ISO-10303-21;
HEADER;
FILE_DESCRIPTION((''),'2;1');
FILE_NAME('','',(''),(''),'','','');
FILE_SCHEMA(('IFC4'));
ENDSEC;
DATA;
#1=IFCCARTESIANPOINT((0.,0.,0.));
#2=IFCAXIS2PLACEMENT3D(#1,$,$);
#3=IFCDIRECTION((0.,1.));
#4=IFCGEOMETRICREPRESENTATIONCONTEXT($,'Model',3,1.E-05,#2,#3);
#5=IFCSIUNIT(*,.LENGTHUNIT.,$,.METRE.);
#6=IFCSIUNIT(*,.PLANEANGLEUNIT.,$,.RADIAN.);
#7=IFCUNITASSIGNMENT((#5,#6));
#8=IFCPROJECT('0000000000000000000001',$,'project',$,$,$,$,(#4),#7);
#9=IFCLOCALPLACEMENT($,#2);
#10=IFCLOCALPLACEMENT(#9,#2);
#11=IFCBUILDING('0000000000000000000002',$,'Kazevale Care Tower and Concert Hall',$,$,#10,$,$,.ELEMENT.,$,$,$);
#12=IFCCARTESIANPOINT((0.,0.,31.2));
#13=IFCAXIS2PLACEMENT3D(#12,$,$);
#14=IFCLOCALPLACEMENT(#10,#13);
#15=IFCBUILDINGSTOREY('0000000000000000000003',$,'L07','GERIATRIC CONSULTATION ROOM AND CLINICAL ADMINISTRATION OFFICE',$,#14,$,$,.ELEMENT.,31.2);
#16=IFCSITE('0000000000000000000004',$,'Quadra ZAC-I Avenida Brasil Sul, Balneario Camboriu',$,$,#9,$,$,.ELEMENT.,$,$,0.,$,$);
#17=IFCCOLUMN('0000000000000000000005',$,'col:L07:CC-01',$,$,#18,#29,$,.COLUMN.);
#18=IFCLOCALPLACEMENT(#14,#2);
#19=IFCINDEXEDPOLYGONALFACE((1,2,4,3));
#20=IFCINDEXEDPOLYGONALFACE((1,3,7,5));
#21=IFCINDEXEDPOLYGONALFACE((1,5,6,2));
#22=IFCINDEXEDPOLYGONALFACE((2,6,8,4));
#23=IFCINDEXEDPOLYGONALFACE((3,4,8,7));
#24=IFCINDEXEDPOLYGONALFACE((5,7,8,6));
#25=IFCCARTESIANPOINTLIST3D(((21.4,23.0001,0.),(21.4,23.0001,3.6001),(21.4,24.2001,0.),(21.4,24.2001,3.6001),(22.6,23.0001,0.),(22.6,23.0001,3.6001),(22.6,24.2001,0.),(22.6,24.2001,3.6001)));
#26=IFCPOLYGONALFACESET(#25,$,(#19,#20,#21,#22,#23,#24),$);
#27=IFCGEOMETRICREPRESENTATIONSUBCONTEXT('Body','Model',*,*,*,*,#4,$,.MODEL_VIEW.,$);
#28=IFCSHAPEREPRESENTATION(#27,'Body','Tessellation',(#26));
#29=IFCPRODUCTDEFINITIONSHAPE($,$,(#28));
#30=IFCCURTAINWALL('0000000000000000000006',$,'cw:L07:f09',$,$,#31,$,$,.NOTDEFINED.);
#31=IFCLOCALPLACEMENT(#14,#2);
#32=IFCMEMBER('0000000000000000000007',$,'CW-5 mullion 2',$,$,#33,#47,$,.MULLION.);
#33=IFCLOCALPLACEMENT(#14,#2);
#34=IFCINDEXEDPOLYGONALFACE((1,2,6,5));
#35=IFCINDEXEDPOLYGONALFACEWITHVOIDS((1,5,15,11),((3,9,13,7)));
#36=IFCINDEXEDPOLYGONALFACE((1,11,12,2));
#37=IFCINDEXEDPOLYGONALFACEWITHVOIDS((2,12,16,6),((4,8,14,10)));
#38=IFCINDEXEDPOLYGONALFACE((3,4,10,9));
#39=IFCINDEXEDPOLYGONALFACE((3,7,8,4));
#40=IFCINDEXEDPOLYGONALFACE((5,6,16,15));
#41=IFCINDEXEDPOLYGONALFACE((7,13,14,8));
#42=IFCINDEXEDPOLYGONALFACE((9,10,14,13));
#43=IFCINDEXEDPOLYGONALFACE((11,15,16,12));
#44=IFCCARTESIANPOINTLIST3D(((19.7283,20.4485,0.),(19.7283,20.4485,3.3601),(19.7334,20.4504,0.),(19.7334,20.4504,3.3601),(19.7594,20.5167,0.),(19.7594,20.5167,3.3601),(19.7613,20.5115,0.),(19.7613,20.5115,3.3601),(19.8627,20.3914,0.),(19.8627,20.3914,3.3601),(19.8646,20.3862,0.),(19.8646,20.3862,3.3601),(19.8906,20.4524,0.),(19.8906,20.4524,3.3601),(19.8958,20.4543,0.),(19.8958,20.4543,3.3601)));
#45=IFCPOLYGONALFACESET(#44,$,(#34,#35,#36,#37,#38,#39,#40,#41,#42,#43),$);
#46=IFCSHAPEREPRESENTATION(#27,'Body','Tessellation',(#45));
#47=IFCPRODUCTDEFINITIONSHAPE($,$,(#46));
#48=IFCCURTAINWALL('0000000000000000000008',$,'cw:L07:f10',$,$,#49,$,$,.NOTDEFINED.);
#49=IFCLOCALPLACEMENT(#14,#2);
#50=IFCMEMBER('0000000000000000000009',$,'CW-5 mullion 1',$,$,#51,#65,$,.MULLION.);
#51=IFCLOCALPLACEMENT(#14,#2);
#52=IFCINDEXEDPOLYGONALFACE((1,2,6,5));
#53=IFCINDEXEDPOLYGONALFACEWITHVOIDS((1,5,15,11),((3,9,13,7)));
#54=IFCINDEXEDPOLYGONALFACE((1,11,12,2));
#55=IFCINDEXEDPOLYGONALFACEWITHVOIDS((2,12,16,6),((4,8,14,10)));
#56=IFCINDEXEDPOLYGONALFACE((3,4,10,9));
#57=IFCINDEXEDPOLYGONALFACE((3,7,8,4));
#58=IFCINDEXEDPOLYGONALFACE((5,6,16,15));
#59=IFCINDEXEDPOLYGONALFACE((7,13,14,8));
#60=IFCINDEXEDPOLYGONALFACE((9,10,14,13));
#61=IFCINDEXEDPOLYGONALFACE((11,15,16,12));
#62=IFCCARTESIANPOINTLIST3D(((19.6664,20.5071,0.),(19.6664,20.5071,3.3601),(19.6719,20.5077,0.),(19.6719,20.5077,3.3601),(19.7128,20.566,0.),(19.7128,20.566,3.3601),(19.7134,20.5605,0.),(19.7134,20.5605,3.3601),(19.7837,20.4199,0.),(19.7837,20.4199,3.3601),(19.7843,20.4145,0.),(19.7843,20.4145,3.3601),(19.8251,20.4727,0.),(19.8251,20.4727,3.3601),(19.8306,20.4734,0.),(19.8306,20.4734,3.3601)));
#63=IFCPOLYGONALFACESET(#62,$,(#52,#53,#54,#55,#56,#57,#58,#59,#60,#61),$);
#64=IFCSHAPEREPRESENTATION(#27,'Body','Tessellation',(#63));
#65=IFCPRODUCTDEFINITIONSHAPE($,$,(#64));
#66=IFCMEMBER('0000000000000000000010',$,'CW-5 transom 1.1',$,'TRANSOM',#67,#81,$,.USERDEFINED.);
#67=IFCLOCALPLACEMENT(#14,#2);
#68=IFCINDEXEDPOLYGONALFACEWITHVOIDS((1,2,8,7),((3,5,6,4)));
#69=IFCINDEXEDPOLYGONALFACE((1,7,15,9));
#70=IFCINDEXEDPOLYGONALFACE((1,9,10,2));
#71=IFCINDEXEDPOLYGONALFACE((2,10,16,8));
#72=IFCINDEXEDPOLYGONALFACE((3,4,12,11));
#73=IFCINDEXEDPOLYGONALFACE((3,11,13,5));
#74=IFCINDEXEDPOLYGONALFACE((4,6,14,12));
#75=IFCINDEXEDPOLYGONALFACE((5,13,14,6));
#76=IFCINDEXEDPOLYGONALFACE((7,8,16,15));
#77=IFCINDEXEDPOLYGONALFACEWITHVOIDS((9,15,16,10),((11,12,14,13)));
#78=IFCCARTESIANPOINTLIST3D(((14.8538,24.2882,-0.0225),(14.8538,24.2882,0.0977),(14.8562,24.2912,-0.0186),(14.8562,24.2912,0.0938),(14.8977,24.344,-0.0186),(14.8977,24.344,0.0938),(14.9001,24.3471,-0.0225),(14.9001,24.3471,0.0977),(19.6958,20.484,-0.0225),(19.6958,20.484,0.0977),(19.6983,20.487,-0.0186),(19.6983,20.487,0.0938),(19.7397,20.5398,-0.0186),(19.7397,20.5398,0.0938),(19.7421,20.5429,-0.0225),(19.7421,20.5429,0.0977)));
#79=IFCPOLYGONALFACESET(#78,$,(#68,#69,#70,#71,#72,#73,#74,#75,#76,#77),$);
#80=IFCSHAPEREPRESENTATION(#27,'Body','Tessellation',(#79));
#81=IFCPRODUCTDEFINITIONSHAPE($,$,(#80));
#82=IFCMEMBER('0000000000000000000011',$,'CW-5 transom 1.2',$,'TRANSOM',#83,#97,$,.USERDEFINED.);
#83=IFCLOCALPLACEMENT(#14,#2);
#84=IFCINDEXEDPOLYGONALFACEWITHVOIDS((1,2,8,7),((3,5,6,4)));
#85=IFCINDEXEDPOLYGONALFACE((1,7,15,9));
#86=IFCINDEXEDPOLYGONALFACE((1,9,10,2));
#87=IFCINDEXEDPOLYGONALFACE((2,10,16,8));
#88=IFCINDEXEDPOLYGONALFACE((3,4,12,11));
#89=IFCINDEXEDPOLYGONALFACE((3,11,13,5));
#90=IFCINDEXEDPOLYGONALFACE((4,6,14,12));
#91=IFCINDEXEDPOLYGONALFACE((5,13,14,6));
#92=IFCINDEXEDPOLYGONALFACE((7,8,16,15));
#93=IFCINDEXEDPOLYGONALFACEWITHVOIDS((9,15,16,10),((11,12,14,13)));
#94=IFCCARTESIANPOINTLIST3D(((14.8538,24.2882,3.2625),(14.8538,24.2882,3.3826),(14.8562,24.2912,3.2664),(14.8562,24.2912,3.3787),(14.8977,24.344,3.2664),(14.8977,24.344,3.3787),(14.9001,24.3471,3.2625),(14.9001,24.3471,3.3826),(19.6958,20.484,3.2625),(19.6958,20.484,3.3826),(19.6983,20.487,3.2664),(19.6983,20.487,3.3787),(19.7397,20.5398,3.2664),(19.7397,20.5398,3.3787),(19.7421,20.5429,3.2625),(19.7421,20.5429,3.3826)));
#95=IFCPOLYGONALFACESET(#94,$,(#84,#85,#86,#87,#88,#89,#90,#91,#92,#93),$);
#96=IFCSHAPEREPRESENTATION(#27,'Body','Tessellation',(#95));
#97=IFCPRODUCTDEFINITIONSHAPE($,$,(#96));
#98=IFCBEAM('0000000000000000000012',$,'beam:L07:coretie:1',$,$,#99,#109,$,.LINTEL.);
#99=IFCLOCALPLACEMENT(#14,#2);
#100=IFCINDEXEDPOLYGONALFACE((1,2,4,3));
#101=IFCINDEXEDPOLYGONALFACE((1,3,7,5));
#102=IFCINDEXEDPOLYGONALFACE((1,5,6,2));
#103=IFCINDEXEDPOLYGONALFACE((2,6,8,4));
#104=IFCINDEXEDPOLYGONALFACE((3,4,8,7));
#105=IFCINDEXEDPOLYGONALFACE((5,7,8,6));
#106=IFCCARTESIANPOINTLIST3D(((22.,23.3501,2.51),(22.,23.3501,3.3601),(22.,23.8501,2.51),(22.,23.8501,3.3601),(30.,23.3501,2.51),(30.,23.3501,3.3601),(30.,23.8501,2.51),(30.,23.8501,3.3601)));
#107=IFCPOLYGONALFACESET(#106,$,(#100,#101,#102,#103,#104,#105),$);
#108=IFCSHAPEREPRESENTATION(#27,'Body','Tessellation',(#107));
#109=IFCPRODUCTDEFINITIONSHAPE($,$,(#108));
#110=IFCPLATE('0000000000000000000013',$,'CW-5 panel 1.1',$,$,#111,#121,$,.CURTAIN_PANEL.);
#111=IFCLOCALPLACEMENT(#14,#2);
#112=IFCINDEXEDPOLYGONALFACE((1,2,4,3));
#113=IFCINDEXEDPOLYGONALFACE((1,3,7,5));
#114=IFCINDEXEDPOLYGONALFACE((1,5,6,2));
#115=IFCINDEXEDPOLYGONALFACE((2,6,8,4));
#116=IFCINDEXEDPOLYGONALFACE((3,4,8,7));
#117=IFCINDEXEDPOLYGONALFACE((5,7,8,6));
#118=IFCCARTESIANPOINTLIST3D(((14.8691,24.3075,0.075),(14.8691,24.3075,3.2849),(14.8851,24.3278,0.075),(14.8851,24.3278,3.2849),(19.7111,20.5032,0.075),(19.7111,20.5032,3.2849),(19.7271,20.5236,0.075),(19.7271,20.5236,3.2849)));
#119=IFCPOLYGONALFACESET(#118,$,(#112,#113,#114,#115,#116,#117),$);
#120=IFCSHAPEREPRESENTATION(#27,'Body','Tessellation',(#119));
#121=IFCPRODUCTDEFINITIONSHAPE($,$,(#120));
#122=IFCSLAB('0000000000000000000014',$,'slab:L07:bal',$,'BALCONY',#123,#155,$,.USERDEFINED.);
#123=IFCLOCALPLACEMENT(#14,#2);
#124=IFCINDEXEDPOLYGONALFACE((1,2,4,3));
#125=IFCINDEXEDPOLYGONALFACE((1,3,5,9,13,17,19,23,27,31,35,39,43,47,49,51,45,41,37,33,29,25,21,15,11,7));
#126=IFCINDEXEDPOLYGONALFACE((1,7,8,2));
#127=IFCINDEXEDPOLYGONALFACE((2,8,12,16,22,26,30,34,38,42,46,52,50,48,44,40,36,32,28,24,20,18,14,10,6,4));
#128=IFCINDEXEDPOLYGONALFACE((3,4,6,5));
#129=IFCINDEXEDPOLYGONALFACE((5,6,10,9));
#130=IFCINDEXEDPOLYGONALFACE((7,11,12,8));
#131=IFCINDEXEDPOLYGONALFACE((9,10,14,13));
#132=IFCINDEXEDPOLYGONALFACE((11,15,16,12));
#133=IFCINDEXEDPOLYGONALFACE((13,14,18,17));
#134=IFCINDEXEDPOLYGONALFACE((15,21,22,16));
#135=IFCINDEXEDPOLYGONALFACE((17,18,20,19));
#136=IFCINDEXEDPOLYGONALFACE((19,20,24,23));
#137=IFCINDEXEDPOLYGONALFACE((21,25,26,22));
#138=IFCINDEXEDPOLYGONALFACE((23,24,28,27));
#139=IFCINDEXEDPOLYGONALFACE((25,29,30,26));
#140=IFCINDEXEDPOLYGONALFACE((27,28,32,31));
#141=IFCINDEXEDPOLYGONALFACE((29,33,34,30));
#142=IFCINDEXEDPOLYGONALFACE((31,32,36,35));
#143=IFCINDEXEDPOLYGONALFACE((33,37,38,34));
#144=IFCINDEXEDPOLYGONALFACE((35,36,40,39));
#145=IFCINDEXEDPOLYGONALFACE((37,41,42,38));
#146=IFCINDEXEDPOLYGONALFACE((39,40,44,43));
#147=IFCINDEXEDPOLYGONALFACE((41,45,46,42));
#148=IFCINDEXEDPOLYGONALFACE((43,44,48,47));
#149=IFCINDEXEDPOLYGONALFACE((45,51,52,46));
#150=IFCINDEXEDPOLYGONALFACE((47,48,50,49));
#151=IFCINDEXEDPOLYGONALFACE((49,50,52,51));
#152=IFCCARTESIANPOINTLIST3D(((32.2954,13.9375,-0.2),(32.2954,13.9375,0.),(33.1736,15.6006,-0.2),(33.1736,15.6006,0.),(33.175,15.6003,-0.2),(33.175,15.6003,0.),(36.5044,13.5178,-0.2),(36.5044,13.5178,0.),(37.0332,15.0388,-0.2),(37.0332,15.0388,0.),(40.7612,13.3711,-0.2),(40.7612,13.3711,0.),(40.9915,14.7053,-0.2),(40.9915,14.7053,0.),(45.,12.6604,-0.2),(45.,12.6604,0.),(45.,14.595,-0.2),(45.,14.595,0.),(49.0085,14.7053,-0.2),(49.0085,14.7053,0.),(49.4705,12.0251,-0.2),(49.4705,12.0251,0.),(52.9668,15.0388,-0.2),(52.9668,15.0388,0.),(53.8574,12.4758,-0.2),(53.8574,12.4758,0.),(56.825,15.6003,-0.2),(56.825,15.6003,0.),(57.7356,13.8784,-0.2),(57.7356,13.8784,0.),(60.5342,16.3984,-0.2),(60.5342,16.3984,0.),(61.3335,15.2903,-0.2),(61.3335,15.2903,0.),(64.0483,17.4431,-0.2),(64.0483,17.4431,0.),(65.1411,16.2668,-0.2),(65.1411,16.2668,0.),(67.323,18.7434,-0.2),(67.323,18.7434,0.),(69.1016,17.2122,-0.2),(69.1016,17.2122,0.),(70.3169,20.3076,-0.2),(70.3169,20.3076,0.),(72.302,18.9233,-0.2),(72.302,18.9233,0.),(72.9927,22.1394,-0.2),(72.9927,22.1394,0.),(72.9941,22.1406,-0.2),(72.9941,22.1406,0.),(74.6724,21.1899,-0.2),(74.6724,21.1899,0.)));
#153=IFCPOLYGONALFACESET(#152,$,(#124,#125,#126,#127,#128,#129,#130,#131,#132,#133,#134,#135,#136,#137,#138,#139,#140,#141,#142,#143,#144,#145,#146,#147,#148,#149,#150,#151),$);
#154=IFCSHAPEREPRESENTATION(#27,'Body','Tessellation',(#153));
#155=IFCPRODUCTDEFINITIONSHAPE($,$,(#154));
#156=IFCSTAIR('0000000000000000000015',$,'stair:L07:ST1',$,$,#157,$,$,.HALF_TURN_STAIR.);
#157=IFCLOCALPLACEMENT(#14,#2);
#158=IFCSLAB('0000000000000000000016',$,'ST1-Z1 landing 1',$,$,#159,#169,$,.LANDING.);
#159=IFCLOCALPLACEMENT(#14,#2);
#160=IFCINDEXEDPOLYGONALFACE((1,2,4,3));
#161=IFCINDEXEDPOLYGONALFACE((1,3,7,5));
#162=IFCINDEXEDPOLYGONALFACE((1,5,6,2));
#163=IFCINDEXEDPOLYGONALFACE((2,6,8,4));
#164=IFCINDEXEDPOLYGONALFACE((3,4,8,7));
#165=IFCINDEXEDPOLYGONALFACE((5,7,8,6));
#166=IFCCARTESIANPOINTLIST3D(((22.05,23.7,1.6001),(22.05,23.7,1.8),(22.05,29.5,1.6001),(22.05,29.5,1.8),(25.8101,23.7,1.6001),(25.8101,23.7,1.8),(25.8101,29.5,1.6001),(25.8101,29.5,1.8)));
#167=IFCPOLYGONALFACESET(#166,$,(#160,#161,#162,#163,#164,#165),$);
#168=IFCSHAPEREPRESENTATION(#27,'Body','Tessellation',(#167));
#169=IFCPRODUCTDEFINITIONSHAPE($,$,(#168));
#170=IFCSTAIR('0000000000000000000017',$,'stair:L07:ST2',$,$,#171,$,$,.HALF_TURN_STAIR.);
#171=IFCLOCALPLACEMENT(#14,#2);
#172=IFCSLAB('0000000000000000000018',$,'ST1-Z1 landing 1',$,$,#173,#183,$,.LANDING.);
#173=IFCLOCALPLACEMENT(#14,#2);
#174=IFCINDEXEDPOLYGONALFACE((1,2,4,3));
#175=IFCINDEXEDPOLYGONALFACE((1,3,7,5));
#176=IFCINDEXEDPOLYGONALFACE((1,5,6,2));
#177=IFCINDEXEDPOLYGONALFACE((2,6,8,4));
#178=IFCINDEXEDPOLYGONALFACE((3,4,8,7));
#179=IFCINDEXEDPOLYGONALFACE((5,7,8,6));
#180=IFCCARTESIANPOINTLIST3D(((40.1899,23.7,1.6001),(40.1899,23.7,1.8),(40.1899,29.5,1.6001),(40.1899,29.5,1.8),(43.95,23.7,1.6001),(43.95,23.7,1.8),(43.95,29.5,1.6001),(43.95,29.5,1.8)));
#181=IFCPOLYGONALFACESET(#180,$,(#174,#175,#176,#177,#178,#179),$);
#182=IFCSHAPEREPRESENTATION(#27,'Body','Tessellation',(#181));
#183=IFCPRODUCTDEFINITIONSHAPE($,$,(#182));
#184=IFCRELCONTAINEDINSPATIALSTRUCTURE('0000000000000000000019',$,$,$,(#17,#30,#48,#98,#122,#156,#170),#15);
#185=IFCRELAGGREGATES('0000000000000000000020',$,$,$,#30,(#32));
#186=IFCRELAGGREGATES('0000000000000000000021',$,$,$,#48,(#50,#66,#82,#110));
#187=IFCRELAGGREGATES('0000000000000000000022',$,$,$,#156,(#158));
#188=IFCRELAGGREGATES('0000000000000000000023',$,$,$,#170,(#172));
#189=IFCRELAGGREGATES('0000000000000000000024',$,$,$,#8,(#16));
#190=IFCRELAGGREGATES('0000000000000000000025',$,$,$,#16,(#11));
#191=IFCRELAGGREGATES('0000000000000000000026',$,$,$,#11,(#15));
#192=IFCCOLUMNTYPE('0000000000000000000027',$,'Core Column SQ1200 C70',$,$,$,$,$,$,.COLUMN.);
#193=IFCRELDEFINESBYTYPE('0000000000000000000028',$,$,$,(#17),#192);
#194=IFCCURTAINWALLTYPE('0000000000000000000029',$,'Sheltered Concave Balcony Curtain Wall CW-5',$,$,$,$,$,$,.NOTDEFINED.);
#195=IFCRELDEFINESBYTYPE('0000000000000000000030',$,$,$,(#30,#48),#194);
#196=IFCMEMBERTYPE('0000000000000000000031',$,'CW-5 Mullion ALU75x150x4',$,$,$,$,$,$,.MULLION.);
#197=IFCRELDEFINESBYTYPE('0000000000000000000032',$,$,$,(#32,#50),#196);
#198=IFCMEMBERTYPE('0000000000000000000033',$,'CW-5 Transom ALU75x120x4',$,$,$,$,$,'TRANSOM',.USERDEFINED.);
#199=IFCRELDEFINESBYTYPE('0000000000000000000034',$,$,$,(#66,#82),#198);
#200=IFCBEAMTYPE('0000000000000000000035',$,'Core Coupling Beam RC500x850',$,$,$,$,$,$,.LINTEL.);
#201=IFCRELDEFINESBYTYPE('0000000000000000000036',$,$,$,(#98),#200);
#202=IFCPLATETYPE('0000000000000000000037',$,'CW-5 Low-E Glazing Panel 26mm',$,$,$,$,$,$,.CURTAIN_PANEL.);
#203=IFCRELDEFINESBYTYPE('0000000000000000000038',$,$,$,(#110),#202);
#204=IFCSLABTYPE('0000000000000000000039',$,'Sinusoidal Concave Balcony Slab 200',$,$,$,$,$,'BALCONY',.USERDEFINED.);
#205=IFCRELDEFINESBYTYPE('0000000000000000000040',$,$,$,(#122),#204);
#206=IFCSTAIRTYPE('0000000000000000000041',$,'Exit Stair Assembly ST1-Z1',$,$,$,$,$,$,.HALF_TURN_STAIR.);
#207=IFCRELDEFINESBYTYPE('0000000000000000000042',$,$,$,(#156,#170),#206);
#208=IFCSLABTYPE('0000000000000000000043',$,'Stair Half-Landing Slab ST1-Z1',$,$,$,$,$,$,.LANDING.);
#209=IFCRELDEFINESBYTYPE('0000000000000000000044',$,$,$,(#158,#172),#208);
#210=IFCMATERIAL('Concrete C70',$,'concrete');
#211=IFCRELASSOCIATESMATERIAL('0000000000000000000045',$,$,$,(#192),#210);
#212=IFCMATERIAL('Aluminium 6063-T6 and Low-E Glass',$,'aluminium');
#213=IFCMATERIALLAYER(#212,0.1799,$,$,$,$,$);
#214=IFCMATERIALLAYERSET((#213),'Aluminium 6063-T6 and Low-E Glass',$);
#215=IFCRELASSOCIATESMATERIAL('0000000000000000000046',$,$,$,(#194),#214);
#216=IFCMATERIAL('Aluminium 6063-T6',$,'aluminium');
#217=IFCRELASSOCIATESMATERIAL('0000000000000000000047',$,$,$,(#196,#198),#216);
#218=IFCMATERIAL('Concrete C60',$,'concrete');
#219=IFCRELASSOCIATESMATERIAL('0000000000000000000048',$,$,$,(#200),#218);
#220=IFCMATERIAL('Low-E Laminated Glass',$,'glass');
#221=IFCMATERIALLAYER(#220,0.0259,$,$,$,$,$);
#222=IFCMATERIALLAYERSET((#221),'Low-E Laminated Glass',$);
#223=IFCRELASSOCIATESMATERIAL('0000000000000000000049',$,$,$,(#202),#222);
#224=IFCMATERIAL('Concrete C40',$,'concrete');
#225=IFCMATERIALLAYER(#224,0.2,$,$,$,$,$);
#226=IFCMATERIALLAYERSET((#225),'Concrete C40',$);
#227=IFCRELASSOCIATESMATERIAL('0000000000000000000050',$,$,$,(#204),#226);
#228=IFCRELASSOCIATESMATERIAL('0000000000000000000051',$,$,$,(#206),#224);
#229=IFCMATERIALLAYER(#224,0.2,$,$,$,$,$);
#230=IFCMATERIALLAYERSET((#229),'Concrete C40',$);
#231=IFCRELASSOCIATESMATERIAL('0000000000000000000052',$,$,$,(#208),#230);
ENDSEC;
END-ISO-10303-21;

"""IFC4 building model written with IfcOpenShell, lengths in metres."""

from ifc_helpers import new_model, si_unit, direction, frame, origin, origin_2d, place, context, subcontext, project, spatial, polyline, rectangle, hollow_rectangle, outline, extrude, material, layer, layer_set, material_profile, profile_set, type_object, element, aggregate, save


model = new_model("IFC4")

# Units and contexts
model_context = context("Model", 3, precision=1e-05, world=origin(), true_north=direction((0.0, 1.0)))
body_context = subcontext(model_context, "Body", "Model", "MODEL_VIEW")
ifc_project = project(units=[si_unit("LENGTHUNIT", "METRE"), si_unit("PLANEANGLEUNIT", "RADIAN")], contexts=[model_context])

# Site, building, storey
site_placement = place(None, origin())
site = spatial("IfcSite", under=ifc_project, at=site_placement, Name="Quadra ZAC-I Avenida Brasil Sul, Balneario Camboriu", CompositionType="ELEMENT", RefElevation=0.0)
building_placement = place(site_placement, origin())
building = spatial("IfcBuilding", under=site, at=building_placement, Name="Kazevale Care Tower and Concert Hall", CompositionType="ELEMENT")
storey_placement = place(building_placement, frame((0.0, 0.0, 31.2)))
storey = spatial("IfcBuildingStorey", under=building, at=storey_placement, Name="L07", Description="GERIATRIC CONSULTATION ROOM AND CLINICAL ADMINISTRATION OFFICE", CompositionType="ELEMENT", Elevation=31.2)

# Column
ifc_material_1 = material(Name="Concrete C70", Category="concrete")
ifc_material_profile_1 = material_profile(ifc_material_1, rectangle(XDim=1.2, YDim=1.2, at=origin_2d()), Name="RC-SQ1200")
ifc_profile_set_1 = profile_set([ifc_material_profile_1], Name="Concrete C70")
column_type = type_object("IfcColumnType", Name="Core Column SQ1200 C70", PredefinedType="COLUMN", material=ifc_profile_set_1)
column_placement = place(storey_placement, frame((22.0, 23.6001, 0.0), z_axis=(0.0, 0.0, 1.0), x_axis=(1.0, 0.0, 0.0)))
element("IfcColumn", 1, at=column_placement, inside=storey, type_object=column_type, Name="col:L07:CC-01", PredefinedType="COLUMN", context=body_context, shape_type="SweptSolid", body=[
    extrude(rectangle(XDim=1.2, YDim=1.2, at=origin_2d()), origin(), (0.0, 0.0, 1.0), 3.6001),
])

# Curtain wall, member
ifc_material_2 = material(Name="Aluminium 6063-T6 and Low-E Glass", Category="aluminium")
ifc_layer_1 = layer(ifc_material_2, 0.1799)
ifc_layer_set_1 = layer_set([ifc_layer_1], Name="Aluminium 6063-T6 and Low-E Glass")
curtain_wall_type = type_object("IfcCurtainWallType", Name="Sheltered Concave Balcony Curtain Wall CW-5", PredefinedType="NOTDEFINED", material=ifc_layer_set_1)
curtain_wall_1_placement = place(storey_placement, origin())
curtain_wall_1 = element("IfcCurtainWall", 2, at=curtain_wall_1_placement, inside=storey, type_object=curtain_wall_type, Name="cw:L07:f09", PredefinedType="NOTDEFINED")
ifc_material_3 = material(Name="Aluminium 6063-T6", Category="aluminium")
ifc_material_profile_2 = material_profile(ifc_material_3, hollow_rectangle(XDim=0.075, YDim=0.1499, WallThickness=0.0039, at=origin_2d()), Name="ALU75x150x4")
ifc_profile_set_2 = profile_set([ifc_material_profile_2], Name="Aluminium 6063-T6")
member_type_1 = type_object("IfcMemberType", Name="CW-5 Mullion ALU75x150x4", PredefinedType="MULLION", material=ifc_profile_set_2)
member_1_placement = place(storey_placement, frame((19.812, 20.4514, 0.0), z_axis=(0.0, 0.0, 1.0), x_axis=(-0.41566, -0.90952, 0.0)))
member_1 = element("IfcMember", 3, at=member_1_placement, type_object=member_type_1, Name="CW-5 mullion 2", PredefinedType="MULLION", context=body_context, shape_type="SweptSolid", body=[
    extrude(hollow_rectangle(XDim=0.075, YDim=0.1499, WallThickness=0.0039, at=origin_2d()), origin(), (0.0, 0.0, 1.0), 3.3601),
])
aggregate(curtain_wall_1, [member_1])

# Curtain wall, members
curtain_wall_2_placement = place(storey_placement, origin())
curtain_wall_2 = element("IfcCurtainWall", 4, at=curtain_wall_2_placement, inside=storey, type_object=curtain_wall_type, Name="cw:L07:f10", PredefinedType="NOTDEFINED")
member_2_placement = place(storey_placement, frame((19.7485, 20.4902, 0.0), z_axis=(0.0, 0.0, 1.0), x_axis=(-0.617808, -0.786329, 0.0)))
member_2 = element("IfcMember", 5, at=member_2_placement, type_object=member_type_1, Name="CW-5 mullion 1", PredefinedType="MULLION", context=body_context, shape_type="SweptSolid", body=[
    extrude(hollow_rectangle(XDim=0.075, YDim=0.1499, WallThickness=0.0039, at=origin_2d()), origin(), (0.0, 0.0, 1.0), 3.3601),
])
ifc_material_profile_3 = material_profile(ifc_material_3, hollow_rectangle(XDim=0.075, YDim=0.1201, WallThickness=0.0039, at=origin_2d()), Name="ALU75x120x4")
ifc_profile_set_3 = profile_set([ifc_material_profile_3], Name="Aluminium 6063-T6")
member_type_2 = type_object("IfcMemberType", Name="CW-5 Transom ALU75x120x4", ElementType="TRANSOM", PredefinedType="USERDEFINED", material=ifc_profile_set_3)
member_3_placement = place(storey_placement, frame((19.719, 20.5134, 0.0376), z_axis=(-0.786339, 0.617795, 0.0), x_axis=(-0.617795, -0.786339, 0.0)))
member_3 = element("IfcMember", 6, at=member_3_placement, type_object=member_type_2, Name="CW-5 transom 1.1", ObjectType="TRANSOM", PredefinedType="USERDEFINED", context=body_context, shape_type="SweptSolid", body=[
    extrude(hollow_rectangle(XDim=0.075, YDim=0.1201, WallThickness=0.0039, at=origin_2d()), origin(), (0.0, 0.0, 1.0), 6.1577),
])
member_4_placement = place(storey_placement, frame((19.719, 20.5134, 3.3225), z_axis=(-0.786339, 0.617795, 0.0), x_axis=(-0.617795, -0.786339, 0.0)))
member_4 = element("IfcMember", 7, at=member_4_placement, type_object=member_type_2, Name="CW-5 transom 1.2", ObjectType="TRANSOM", PredefinedType="USERDEFINED", context=body_context, shape_type="SweptSolid", body=[
    extrude(hollow_rectangle(XDim=0.075, YDim=0.1201, WallThickness=0.0039, at=origin_2d()), origin(), (0.0, 0.0, 1.0), 6.1577),
])

# Beam
ifc_material_4 = material(Name="Concrete C60", Category="concrete")
ifc_material_profile_4 = material_profile(ifc_material_4, rectangle(XDim=0.5, YDim=0.8501, at=origin_2d()), Name="RC-B500x850")
ifc_profile_set_4 = profile_set([ifc_material_profile_4], Name="Concrete C60")
beam_type = type_object("IfcBeamType", Name="Core Coupling Beam RC500x850", PredefinedType="LINTEL", material=ifc_profile_set_4)
beam_placement = place(storey_placement, frame((22.0, 23.6001, 2.9351), z_axis=(1.0, 0.0, 0.0), x_axis=(0.0, 1.0, 0.0)))
element("IfcBeam", 8, at=beam_placement, inside=storey, type_object=beam_type, Name="beam:L07:coretie:1", PredefinedType="LINTEL", context=body_context, shape_type="SweptSolid", body=[
    extrude(rectangle(XDim=0.5, YDim=0.8501, at=origin_2d()), origin(), (0.0, 0.0, 1.0), 8.0),
])

# Plate
ifc_material_5 = material(Name="Low-E Laminated Glass", Category="glass")
ifc_layer_2 = layer(ifc_material_5, 0.0259)
ifc_layer_set_2 = layer_set([ifc_layer_2], Name="Low-E Laminated Glass")
plate_type = type_object("IfcPlateType", Name="CW-5 Low-E Glazing Panel 26mm", PredefinedType="CURTAIN_PANEL", material=ifc_layer_set_2)
plate_placement = place(storey_placement, frame((17.2981, 22.4155, 0.075), z_axis=(0.0, 0.0, 1.0), x_axis=(-0.786329, 0.617808, 0.0)))
plate = element("IfcPlate", 9, at=plate_placement, type_object=plate_type, Name="CW-5 panel 1.1", PredefinedType="CURTAIN_PANEL", context=body_context, shape_type="SweptSolid", body=[
    extrude(rectangle(XDim=6.1577, YDim=0.0259, at=origin_2d()), origin(), (0.0, 0.0, 1.0), 3.21),
])
aggregate(curtain_wall_2, [member_2, member_3, member_4, plate])

# Slab
ifc_material_6 = material(Name="Concrete C40", Category="concrete")
ifc_layer_3 = layer(ifc_material_6, 0.2)
ifc_layer_set_3 = layer_set([ifc_layer_3], Name="Concrete C40")
slab_type_1 = type_object("IfcSlabType", Name="Sinusoidal Concave Balcony Slab 200", ElementType="BALCONY", PredefinedType="USERDEFINED", material=ifc_layer_set_3)
slab_1_placement = place(storey_placement, frame((0.0, 0.0, -0.2)))
element("IfcSlab", 10, at=slab_1_placement, inside=storey, type_object=slab_type_1, Name="slab:L07:bal", ObjectType="BALCONY", PredefinedType="USERDEFINED", context=body_context, shape_type="SweptSolid", body=[
    extrude(outline(polyline([(74.6724, 21.1899), (72.302, 18.9233), (69.1016, 17.2122), (65.1411, 16.2668), (61.3335, 15.2903), (57.7356, 13.8784), (53.8574, 12.4758), (49.4705, 12.0251), (45.0, 12.6604), (40.7612, 13.3711), (36.5044, 13.5178), (32.2954, 13.9375), (33.1736, 15.6006), (33.175, 15.6003), (37.0332, 15.0388), (40.9915, 14.7053), (45.0, 14.595), (49.0085, 14.7053), (52.9668, 15.0388), (56.825, 15.6003), (60.5342, 16.3984), (64.0483, 17.4431), (67.323, 18.7434), (70.3169, 20.3076), (72.9927, 22.1394), (72.9941, 22.1406), (74.6724, 21.1899)])), origin(), (0.0, 0.0, 1.0), 0.2),
])

# Stairs, slabs
stair_type = type_object("IfcStairType", Name="Exit Stair Assembly ST1-Z1", PredefinedType="HALF_TURN_STAIR", material=ifc_material_6)
stair_1_placement = place(storey_placement, origin())
stair_1 = element("IfcStair", 11, at=stair_1_placement, inside=storey, type_object=stair_type, Name="stair:L07:ST1", PredefinedType="HALF_TURN_STAIR")
ifc_layer_4 = layer(ifc_material_6, 0.2)
ifc_layer_set_4 = layer_set([ifc_layer_4], Name="Concrete C40")
slab_type_2 = type_object("IfcSlabType", Name="Stair Half-Landing Slab ST1-Z1", PredefinedType="LANDING", material=ifc_layer_set_4)
slab_2_placement = place(storey_placement, frame((0.0, 0.0, 1.6001)))
slab_2 = element("IfcSlab", 12, at=slab_2_placement, type_object=slab_type_2, Name="ST1-Z1 landing 1", PredefinedType="LANDING", context=body_context, shape_type="SweptSolid", body=[
    extrude(outline(polyline([(22.05, 23.7), (25.8101, 23.7), (25.8101, 29.5), (22.05, 29.5), (22.05, 23.7)])), origin(), (0.0, 0.0, 1.0), 0.2),
])
aggregate(stair_1, [slab_2])
stair_2_placement = place(storey_placement, origin())
stair_2 = element("IfcStair", 13, at=stair_2_placement, inside=storey, type_object=stair_type, Name="stair:L07:ST2", PredefinedType="HALF_TURN_STAIR")
slab_3_placement = place(storey_placement, frame((0.0, 0.0, 1.6001)))
slab_3 = element("IfcSlab", 14, at=slab_3_placement, type_object=slab_type_2, Name="ST1-Z1 landing 1", PredefinedType="LANDING", context=body_context, shape_type="SweptSolid", body=[
    extrude(outline(polyline([(40.1899, 23.7), (43.95, 23.7), (43.95, 29.5), (40.1899, 29.5), (40.1899, 23.7)])), origin(), (0.0, 0.0, 1.0), 0.2),
])
aggregate(stair_2, [slab_3])

save(model, "model.ifc")
